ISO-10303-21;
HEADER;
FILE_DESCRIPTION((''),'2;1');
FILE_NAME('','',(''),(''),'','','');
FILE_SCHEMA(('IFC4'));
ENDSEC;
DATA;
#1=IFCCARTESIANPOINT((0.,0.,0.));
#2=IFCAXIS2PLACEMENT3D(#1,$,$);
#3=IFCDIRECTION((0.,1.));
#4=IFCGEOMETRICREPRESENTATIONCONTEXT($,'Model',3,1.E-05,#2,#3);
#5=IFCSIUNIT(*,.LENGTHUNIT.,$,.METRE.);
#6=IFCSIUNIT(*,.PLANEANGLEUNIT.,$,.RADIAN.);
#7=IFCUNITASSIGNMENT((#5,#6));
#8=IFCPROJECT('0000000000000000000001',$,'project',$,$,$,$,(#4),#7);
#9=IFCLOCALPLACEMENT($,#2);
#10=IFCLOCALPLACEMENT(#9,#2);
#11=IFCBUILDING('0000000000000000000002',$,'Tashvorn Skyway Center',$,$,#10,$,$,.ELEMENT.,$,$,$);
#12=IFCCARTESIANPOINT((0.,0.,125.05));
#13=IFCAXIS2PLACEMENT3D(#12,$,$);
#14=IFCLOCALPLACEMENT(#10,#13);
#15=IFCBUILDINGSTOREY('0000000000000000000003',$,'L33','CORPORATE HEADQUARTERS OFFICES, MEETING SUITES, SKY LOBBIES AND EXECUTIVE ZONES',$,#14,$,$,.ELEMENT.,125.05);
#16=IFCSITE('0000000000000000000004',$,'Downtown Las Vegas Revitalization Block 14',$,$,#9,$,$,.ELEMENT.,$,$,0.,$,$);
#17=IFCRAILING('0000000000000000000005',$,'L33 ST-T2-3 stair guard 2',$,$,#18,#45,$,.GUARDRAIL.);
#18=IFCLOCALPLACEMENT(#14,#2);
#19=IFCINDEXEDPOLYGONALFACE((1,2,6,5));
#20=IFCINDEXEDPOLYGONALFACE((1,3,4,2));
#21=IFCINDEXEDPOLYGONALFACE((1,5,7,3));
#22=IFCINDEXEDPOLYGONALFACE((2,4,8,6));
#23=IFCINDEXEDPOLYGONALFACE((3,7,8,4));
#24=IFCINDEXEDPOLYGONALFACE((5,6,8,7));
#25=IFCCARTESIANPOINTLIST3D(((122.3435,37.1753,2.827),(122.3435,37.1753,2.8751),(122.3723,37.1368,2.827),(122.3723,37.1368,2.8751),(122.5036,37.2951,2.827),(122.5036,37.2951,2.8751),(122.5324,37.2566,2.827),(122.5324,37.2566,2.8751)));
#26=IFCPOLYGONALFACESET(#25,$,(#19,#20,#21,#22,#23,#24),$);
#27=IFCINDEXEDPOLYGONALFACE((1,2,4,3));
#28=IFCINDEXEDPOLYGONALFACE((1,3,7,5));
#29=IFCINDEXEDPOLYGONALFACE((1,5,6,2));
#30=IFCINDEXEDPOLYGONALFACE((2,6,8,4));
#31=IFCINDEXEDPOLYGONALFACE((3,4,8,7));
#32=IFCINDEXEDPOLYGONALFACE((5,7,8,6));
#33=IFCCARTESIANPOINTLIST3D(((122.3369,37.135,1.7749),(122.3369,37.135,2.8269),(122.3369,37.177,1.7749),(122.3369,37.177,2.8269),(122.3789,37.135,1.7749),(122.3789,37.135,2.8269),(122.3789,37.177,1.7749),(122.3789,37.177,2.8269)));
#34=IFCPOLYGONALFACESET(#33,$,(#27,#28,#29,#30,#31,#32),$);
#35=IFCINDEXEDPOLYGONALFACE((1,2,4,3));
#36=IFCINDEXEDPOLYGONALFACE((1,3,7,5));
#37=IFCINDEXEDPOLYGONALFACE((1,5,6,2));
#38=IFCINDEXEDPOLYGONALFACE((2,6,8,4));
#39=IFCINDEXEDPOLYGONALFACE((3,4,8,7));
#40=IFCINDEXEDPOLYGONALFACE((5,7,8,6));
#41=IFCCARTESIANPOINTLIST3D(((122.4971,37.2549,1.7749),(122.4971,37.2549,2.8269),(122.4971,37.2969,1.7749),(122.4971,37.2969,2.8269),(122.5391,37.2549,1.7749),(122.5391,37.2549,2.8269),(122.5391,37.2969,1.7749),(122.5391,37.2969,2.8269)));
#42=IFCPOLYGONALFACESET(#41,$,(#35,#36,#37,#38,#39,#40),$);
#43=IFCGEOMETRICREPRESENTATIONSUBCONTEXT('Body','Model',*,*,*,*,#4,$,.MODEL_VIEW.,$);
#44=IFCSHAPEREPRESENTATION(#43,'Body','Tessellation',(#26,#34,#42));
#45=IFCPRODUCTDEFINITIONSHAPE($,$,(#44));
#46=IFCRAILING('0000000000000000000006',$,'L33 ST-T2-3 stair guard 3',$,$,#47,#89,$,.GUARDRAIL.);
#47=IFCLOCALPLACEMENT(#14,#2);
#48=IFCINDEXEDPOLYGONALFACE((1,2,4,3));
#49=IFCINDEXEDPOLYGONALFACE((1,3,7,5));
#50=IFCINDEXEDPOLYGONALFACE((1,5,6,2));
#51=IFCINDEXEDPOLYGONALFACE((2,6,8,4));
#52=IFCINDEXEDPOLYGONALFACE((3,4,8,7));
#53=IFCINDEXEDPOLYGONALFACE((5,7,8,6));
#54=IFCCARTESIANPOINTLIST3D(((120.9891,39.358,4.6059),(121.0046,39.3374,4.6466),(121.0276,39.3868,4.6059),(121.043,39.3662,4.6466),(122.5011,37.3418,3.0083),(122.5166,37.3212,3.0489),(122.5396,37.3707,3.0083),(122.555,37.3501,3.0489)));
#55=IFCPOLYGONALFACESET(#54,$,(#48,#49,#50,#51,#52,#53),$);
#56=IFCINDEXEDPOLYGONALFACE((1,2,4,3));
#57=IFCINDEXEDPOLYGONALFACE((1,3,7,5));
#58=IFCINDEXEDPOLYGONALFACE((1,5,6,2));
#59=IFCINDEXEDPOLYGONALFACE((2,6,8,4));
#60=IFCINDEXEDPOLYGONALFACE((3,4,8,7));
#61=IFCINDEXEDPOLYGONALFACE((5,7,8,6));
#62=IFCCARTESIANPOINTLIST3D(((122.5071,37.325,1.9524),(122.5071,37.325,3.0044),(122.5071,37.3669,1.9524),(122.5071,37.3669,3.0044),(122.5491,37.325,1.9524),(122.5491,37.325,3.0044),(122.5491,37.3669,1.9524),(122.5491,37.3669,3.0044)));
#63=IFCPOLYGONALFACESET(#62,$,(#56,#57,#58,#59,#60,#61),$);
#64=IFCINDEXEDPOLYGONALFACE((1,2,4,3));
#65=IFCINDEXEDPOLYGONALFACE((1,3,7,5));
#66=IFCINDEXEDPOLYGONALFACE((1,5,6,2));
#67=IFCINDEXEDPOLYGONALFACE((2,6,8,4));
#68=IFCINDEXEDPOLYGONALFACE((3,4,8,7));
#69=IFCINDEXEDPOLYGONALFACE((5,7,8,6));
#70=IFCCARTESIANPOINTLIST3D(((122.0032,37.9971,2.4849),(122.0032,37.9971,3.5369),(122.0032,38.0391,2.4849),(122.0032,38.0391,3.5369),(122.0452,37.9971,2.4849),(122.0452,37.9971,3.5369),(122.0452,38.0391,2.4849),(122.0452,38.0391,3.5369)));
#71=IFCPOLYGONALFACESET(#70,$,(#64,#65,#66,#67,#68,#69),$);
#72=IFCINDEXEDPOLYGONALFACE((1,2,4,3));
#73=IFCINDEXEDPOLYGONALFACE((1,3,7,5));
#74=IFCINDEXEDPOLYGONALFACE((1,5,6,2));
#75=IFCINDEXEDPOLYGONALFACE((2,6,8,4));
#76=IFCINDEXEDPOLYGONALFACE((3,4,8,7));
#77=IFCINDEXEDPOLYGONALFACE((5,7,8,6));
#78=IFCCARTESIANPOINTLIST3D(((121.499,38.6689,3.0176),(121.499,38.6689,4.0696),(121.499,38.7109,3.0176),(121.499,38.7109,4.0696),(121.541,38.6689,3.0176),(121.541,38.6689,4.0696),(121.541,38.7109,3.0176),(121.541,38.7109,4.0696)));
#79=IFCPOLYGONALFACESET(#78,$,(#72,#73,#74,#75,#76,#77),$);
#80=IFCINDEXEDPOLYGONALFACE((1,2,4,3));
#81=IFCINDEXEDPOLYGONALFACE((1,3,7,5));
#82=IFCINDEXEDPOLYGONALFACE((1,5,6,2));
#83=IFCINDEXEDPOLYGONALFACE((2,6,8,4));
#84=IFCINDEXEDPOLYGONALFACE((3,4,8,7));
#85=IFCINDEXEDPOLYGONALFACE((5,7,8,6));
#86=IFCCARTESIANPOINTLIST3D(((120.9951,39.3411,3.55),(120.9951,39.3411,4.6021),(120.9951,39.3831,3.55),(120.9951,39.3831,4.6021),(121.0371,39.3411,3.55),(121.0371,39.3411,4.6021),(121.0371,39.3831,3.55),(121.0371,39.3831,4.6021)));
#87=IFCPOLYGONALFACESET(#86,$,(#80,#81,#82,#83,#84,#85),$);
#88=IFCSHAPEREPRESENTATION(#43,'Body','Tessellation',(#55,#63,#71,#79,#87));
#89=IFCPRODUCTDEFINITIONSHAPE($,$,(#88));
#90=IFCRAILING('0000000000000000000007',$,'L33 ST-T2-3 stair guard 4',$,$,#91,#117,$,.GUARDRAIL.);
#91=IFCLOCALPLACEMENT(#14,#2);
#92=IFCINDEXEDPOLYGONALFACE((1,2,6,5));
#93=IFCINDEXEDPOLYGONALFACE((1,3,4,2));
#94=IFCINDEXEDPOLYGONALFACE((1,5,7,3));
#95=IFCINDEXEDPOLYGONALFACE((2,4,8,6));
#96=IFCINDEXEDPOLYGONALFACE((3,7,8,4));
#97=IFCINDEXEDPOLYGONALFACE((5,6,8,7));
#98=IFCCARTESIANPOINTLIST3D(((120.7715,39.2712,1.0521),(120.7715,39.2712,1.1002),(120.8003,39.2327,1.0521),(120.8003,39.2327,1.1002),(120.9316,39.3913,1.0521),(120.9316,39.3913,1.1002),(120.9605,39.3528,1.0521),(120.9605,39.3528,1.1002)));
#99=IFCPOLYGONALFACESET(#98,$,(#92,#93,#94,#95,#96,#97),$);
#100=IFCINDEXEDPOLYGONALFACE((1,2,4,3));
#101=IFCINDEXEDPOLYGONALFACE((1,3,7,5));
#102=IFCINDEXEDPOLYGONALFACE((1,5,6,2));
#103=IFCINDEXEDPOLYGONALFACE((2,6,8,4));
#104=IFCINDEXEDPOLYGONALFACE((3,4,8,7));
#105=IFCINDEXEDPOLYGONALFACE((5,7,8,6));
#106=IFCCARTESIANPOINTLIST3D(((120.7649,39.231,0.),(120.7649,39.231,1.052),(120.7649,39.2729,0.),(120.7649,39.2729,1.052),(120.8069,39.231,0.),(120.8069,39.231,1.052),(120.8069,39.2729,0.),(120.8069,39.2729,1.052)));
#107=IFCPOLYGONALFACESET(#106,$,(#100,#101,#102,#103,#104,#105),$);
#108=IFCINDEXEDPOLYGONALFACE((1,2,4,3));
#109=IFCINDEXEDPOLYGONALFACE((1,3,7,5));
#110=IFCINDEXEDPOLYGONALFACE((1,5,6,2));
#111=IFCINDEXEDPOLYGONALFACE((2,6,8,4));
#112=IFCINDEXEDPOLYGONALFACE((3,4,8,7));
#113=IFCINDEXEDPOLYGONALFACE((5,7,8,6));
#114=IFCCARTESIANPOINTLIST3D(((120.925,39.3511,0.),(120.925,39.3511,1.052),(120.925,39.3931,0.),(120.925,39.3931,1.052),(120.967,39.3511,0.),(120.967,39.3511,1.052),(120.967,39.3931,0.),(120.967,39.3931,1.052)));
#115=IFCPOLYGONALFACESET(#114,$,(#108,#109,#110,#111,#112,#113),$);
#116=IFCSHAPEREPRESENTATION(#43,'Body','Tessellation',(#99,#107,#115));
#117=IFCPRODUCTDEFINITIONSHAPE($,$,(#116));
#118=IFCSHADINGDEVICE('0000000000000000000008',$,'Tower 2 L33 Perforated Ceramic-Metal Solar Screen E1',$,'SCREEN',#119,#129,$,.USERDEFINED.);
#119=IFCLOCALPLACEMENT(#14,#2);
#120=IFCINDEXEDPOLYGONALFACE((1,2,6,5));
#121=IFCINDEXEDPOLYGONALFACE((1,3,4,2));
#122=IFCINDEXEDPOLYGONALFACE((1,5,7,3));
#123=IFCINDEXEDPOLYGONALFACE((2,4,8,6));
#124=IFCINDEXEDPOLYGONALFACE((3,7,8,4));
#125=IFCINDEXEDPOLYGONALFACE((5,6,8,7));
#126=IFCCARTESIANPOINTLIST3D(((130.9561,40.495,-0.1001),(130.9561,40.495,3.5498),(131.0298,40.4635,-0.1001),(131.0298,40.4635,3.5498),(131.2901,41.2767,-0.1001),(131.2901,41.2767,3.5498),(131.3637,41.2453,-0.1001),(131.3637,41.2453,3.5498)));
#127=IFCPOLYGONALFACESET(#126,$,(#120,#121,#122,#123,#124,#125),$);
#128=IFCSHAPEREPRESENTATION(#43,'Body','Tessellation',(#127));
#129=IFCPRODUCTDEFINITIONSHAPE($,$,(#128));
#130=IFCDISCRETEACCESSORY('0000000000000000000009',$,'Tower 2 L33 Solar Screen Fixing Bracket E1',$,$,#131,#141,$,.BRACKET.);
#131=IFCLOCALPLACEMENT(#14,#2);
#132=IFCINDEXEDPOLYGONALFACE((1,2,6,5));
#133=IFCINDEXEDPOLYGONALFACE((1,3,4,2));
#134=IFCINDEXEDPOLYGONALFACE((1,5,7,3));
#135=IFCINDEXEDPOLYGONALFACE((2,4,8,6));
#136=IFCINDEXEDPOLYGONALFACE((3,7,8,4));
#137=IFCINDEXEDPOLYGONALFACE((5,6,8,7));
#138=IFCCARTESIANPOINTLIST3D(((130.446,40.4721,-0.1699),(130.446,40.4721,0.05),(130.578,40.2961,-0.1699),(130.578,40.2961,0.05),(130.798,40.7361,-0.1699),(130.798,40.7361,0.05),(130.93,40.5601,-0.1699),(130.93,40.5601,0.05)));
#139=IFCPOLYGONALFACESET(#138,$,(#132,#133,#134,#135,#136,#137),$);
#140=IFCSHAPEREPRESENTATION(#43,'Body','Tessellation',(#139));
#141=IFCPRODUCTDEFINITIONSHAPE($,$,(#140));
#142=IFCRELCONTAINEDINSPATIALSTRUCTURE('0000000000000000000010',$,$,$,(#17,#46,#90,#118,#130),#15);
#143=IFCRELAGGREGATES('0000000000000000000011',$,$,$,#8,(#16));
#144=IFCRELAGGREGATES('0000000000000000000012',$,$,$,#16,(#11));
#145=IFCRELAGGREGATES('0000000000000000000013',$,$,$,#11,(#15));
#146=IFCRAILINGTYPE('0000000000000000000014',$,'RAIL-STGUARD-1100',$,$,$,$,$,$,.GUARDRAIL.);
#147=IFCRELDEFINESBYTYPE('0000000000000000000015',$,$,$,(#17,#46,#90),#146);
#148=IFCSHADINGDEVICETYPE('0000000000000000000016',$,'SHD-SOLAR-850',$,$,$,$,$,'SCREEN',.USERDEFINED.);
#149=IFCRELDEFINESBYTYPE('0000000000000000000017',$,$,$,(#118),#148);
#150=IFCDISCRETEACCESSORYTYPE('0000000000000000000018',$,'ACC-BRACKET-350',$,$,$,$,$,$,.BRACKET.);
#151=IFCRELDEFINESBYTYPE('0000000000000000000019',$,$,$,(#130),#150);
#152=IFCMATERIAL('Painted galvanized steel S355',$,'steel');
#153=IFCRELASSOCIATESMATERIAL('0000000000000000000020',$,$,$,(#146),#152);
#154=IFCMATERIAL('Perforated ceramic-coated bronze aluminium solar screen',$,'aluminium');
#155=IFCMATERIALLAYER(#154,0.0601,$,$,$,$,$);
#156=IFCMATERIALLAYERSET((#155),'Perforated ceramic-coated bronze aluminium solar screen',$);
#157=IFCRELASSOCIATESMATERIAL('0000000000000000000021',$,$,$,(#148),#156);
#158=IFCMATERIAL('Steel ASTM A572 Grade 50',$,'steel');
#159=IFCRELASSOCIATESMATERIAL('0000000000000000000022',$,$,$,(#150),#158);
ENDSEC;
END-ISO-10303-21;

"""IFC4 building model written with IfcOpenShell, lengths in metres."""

from ifc_helpers import new_model, si_unit, direction, frame, origin, origin_2d, place, context, subcontext, project, spatial, rectangle, extrude, material, layer, layer_set, type_object, element, save


model = new_model("IFC4")

# Units and contexts
model_context = context("Model", 3, precision=1e-05, world=origin(), true_north=direction((0.0, 1.0)))
body_context = subcontext(model_context, "Body", "Model", "MODEL_VIEW")
ifc_project = project(units=[si_unit("LENGTHUNIT", "METRE"), si_unit("PLANEANGLEUNIT", "RADIAN")], contexts=[model_context])

# Site, building, storey
site_placement = place(None, origin())
site = spatial("IfcSite", under=ifc_project, at=site_placement, Name="Downtown Las Vegas Revitalization Block 14", CompositionType="ELEMENT", RefElevation=0.0)
building_placement = place(site_placement, origin())
building = spatial("IfcBuilding", under=site, at=building_placement, Name="Tashvorn Skyway Center", CompositionType="ELEMENT")
storey_placement = place(building_placement, frame((0.0, 0.0, 125.05)))
storey = spatial("IfcBuildingStorey", under=building, at=storey_placement, Name="L33", Description="CORPORATE HEADQUARTERS OFFICES, MEETING SUITES, SKY LOBBIES AND EXECUTIVE ZONES", CompositionType="ELEMENT", Elevation=125.05)

# Shared definitions
ifc_material_1 = material(Name="Steel ASTM A572 Grade 50", Category="steel")

# Railings
ifc_material_2 = material(Name="Painted galvanized steel S355", Category="steel")
railing_type_1 = type_object("IfcRailingType", Name="RAIL-STGUARD-1100", PredefinedType="GUARDRAIL", material=ifc_material_2)
railing_1_placement = place(storey_placement, frame((122.3579, 37.156, 1.7749)))
element("IfcRailing", 1, at=railing_1_placement, inside=storey, type_object=railing_type_1, Name="L33 ST-T2-3 stair guard 2", PredefinedType="GUARDRAIL", context=body_context, shape_type="SweptSolid", body=[
    extrude(rectangle(XDim=0.0481, YDim=0.0481, at=origin_2d()), frame((0.0, 0.0, 1.0762), z_axis=(0.800585, 0.599219, 0.0), x_axis=(-0.599219, 0.800585, 0.0)), (0.0, 0.0, 1.0), 0.2),
    extrude(rectangle(XDim=0.042, YDim=0.042, at=origin_2d()), origin(), (0.0, 0.0, 1.0), 1.052),
    extrude(rectangle(XDim=0.042, YDim=0.042, at=origin_2d()), frame((0.1602, 0.1199, 0.0)), (0.0, 0.0, 1.0), 1.052),
])
railing_2_placement = place(storey_placement, frame((122.5281, 37.3459, 1.9524)))
element("IfcRailing", 2, at=railing_2_placement, inside=storey, type_object=railing_type_1, Name="L33 ST-T2-3 stair guard 3", PredefinedType="GUARDRAIL", context=body_context, shape_type="SweptSolid", body=[
    extrude(rectangle(XDim=0.0481, YDim=0.0481, at=origin_2d()), frame((0.0, 0.0, 1.0762), z_axis=(-0.506719, 0.675679, 0.535438), x_axis=(-0.800023, -0.599969, 0.0)), (0.0, 0.0, 1.0), 2.9839),
    extrude(rectangle(XDim=0.042, YDim=0.042, at=origin_2d()), origin(), (0.0, 0.0, 1.0), 1.052),
    extrude(rectangle(XDim=0.042, YDim=0.042, at=origin_2d()), frame((-0.5039, 0.6721, 0.5325)), (0.0, 0.0, 1.0), 1.052),
    extrude(rectangle(XDim=0.042, YDim=0.042, at=origin_2d()), frame((-1.0081, 1.344, 1.0652)), (0.0, 0.0, 1.0), 1.052),
    extrude(rectangle(XDim=0.042, YDim=0.042, at=origin_2d()), frame((-1.512, 2.0161, 1.5977)), (0.0, 0.0, 1.0), 1.052),
])
railing_3_placement = place(storey_placement, frame((120.7859, 39.252, 0.0)))
element("IfcRailing", 3, at=railing_3_placement, inside=storey, type_object=railing_type_1, Name="L33 ST-T2-3 stair guard 4", PredefinedType="GUARDRAIL", context=body_context, shape_type="SweptSolid", body=[
    extrude(rectangle(XDim=0.0481, YDim=0.0481, at=origin_2d()), frame((0.0, 0.0, 1.0762), z_axis=(0.8, 0.6, 0.0), x_axis=(-0.6, 0.8, 0.0)), (0.0, 0.0, 1.0), 0.2002),
    extrude(rectangle(XDim=0.042, YDim=0.042, at=origin_2d()), origin(), (0.0, 0.0, 1.0), 1.052),
    extrude(rectangle(XDim=0.042, YDim=0.042, at=origin_2d()), frame((0.1602, 0.1201, 0.0)), (0.0, 0.0, 1.0), 1.052),
])

# Shading device
ifc_material_3 = material(Name="Perforated ceramic-coated bronze aluminium solar screen", Category="aluminium")
ifc_layer_1 = layer(ifc_material_3, 0.0601)
ifc_layer_set_1 = layer_set([ifc_layer_1], Name="Perforated ceramic-coated bronze aluminium solar screen")
shading_device_type = type_object("IfcShadingDeviceType", Name="SHD-SOLAR-850", ElementType="SCREEN", PredefinedType="USERDEFINED", material=ifc_layer_set_1)
shading_device_placement = place(storey_placement, frame((131.1599, 40.8701, -0.1001), z_axis=(0.0, 0.0, 1.0), x_axis=(0.919615, -0.39282, 0.0)))
element("IfcShadingDevice", 4, at=shading_device_placement, inside=storey, type_object=shading_device_type, Name="Tower 2 L33 Perforated Ceramic-Metal Solar Screen E1", ObjectType="SCREEN", PredefinedType="USERDEFINED", context=body_context, shape_type="SweptSolid", body=[
    extrude(rectangle(XDim=0.0801, YDim=0.8501, at=origin_2d()), origin(), (0.0, 0.0, 1.0), 3.6499),
])

# Discrete accessory
discrete_accessory_type = type_object("IfcDiscreteAccessoryType", Name="ACC-BRACKET-350", PredefinedType="BRACKET", material=ifc_material_1)
discrete_accessory_placement = place(storey_placement, frame((130.688, 40.5161, -0.1699), z_axis=(0.0, 0.0, 1.0), x_axis=(0.6, -0.8, 0.0)))
element("IfcDiscreteAccessory", 5, at=discrete_accessory_placement, inside=storey, type_object=discrete_accessory_type, Name="Tower 2 L33 Solar Screen Fixing Bracket E1", PredefinedType="BRACKET", context=body_context, shape_type="SweptSolid", body=[
    extrude(rectangle(XDim=0.22, YDim=0.4399, at=origin_2d()), origin(), (0.0, 0.0, 1.0), 0.22),
])

save(model, "model.ifc")
